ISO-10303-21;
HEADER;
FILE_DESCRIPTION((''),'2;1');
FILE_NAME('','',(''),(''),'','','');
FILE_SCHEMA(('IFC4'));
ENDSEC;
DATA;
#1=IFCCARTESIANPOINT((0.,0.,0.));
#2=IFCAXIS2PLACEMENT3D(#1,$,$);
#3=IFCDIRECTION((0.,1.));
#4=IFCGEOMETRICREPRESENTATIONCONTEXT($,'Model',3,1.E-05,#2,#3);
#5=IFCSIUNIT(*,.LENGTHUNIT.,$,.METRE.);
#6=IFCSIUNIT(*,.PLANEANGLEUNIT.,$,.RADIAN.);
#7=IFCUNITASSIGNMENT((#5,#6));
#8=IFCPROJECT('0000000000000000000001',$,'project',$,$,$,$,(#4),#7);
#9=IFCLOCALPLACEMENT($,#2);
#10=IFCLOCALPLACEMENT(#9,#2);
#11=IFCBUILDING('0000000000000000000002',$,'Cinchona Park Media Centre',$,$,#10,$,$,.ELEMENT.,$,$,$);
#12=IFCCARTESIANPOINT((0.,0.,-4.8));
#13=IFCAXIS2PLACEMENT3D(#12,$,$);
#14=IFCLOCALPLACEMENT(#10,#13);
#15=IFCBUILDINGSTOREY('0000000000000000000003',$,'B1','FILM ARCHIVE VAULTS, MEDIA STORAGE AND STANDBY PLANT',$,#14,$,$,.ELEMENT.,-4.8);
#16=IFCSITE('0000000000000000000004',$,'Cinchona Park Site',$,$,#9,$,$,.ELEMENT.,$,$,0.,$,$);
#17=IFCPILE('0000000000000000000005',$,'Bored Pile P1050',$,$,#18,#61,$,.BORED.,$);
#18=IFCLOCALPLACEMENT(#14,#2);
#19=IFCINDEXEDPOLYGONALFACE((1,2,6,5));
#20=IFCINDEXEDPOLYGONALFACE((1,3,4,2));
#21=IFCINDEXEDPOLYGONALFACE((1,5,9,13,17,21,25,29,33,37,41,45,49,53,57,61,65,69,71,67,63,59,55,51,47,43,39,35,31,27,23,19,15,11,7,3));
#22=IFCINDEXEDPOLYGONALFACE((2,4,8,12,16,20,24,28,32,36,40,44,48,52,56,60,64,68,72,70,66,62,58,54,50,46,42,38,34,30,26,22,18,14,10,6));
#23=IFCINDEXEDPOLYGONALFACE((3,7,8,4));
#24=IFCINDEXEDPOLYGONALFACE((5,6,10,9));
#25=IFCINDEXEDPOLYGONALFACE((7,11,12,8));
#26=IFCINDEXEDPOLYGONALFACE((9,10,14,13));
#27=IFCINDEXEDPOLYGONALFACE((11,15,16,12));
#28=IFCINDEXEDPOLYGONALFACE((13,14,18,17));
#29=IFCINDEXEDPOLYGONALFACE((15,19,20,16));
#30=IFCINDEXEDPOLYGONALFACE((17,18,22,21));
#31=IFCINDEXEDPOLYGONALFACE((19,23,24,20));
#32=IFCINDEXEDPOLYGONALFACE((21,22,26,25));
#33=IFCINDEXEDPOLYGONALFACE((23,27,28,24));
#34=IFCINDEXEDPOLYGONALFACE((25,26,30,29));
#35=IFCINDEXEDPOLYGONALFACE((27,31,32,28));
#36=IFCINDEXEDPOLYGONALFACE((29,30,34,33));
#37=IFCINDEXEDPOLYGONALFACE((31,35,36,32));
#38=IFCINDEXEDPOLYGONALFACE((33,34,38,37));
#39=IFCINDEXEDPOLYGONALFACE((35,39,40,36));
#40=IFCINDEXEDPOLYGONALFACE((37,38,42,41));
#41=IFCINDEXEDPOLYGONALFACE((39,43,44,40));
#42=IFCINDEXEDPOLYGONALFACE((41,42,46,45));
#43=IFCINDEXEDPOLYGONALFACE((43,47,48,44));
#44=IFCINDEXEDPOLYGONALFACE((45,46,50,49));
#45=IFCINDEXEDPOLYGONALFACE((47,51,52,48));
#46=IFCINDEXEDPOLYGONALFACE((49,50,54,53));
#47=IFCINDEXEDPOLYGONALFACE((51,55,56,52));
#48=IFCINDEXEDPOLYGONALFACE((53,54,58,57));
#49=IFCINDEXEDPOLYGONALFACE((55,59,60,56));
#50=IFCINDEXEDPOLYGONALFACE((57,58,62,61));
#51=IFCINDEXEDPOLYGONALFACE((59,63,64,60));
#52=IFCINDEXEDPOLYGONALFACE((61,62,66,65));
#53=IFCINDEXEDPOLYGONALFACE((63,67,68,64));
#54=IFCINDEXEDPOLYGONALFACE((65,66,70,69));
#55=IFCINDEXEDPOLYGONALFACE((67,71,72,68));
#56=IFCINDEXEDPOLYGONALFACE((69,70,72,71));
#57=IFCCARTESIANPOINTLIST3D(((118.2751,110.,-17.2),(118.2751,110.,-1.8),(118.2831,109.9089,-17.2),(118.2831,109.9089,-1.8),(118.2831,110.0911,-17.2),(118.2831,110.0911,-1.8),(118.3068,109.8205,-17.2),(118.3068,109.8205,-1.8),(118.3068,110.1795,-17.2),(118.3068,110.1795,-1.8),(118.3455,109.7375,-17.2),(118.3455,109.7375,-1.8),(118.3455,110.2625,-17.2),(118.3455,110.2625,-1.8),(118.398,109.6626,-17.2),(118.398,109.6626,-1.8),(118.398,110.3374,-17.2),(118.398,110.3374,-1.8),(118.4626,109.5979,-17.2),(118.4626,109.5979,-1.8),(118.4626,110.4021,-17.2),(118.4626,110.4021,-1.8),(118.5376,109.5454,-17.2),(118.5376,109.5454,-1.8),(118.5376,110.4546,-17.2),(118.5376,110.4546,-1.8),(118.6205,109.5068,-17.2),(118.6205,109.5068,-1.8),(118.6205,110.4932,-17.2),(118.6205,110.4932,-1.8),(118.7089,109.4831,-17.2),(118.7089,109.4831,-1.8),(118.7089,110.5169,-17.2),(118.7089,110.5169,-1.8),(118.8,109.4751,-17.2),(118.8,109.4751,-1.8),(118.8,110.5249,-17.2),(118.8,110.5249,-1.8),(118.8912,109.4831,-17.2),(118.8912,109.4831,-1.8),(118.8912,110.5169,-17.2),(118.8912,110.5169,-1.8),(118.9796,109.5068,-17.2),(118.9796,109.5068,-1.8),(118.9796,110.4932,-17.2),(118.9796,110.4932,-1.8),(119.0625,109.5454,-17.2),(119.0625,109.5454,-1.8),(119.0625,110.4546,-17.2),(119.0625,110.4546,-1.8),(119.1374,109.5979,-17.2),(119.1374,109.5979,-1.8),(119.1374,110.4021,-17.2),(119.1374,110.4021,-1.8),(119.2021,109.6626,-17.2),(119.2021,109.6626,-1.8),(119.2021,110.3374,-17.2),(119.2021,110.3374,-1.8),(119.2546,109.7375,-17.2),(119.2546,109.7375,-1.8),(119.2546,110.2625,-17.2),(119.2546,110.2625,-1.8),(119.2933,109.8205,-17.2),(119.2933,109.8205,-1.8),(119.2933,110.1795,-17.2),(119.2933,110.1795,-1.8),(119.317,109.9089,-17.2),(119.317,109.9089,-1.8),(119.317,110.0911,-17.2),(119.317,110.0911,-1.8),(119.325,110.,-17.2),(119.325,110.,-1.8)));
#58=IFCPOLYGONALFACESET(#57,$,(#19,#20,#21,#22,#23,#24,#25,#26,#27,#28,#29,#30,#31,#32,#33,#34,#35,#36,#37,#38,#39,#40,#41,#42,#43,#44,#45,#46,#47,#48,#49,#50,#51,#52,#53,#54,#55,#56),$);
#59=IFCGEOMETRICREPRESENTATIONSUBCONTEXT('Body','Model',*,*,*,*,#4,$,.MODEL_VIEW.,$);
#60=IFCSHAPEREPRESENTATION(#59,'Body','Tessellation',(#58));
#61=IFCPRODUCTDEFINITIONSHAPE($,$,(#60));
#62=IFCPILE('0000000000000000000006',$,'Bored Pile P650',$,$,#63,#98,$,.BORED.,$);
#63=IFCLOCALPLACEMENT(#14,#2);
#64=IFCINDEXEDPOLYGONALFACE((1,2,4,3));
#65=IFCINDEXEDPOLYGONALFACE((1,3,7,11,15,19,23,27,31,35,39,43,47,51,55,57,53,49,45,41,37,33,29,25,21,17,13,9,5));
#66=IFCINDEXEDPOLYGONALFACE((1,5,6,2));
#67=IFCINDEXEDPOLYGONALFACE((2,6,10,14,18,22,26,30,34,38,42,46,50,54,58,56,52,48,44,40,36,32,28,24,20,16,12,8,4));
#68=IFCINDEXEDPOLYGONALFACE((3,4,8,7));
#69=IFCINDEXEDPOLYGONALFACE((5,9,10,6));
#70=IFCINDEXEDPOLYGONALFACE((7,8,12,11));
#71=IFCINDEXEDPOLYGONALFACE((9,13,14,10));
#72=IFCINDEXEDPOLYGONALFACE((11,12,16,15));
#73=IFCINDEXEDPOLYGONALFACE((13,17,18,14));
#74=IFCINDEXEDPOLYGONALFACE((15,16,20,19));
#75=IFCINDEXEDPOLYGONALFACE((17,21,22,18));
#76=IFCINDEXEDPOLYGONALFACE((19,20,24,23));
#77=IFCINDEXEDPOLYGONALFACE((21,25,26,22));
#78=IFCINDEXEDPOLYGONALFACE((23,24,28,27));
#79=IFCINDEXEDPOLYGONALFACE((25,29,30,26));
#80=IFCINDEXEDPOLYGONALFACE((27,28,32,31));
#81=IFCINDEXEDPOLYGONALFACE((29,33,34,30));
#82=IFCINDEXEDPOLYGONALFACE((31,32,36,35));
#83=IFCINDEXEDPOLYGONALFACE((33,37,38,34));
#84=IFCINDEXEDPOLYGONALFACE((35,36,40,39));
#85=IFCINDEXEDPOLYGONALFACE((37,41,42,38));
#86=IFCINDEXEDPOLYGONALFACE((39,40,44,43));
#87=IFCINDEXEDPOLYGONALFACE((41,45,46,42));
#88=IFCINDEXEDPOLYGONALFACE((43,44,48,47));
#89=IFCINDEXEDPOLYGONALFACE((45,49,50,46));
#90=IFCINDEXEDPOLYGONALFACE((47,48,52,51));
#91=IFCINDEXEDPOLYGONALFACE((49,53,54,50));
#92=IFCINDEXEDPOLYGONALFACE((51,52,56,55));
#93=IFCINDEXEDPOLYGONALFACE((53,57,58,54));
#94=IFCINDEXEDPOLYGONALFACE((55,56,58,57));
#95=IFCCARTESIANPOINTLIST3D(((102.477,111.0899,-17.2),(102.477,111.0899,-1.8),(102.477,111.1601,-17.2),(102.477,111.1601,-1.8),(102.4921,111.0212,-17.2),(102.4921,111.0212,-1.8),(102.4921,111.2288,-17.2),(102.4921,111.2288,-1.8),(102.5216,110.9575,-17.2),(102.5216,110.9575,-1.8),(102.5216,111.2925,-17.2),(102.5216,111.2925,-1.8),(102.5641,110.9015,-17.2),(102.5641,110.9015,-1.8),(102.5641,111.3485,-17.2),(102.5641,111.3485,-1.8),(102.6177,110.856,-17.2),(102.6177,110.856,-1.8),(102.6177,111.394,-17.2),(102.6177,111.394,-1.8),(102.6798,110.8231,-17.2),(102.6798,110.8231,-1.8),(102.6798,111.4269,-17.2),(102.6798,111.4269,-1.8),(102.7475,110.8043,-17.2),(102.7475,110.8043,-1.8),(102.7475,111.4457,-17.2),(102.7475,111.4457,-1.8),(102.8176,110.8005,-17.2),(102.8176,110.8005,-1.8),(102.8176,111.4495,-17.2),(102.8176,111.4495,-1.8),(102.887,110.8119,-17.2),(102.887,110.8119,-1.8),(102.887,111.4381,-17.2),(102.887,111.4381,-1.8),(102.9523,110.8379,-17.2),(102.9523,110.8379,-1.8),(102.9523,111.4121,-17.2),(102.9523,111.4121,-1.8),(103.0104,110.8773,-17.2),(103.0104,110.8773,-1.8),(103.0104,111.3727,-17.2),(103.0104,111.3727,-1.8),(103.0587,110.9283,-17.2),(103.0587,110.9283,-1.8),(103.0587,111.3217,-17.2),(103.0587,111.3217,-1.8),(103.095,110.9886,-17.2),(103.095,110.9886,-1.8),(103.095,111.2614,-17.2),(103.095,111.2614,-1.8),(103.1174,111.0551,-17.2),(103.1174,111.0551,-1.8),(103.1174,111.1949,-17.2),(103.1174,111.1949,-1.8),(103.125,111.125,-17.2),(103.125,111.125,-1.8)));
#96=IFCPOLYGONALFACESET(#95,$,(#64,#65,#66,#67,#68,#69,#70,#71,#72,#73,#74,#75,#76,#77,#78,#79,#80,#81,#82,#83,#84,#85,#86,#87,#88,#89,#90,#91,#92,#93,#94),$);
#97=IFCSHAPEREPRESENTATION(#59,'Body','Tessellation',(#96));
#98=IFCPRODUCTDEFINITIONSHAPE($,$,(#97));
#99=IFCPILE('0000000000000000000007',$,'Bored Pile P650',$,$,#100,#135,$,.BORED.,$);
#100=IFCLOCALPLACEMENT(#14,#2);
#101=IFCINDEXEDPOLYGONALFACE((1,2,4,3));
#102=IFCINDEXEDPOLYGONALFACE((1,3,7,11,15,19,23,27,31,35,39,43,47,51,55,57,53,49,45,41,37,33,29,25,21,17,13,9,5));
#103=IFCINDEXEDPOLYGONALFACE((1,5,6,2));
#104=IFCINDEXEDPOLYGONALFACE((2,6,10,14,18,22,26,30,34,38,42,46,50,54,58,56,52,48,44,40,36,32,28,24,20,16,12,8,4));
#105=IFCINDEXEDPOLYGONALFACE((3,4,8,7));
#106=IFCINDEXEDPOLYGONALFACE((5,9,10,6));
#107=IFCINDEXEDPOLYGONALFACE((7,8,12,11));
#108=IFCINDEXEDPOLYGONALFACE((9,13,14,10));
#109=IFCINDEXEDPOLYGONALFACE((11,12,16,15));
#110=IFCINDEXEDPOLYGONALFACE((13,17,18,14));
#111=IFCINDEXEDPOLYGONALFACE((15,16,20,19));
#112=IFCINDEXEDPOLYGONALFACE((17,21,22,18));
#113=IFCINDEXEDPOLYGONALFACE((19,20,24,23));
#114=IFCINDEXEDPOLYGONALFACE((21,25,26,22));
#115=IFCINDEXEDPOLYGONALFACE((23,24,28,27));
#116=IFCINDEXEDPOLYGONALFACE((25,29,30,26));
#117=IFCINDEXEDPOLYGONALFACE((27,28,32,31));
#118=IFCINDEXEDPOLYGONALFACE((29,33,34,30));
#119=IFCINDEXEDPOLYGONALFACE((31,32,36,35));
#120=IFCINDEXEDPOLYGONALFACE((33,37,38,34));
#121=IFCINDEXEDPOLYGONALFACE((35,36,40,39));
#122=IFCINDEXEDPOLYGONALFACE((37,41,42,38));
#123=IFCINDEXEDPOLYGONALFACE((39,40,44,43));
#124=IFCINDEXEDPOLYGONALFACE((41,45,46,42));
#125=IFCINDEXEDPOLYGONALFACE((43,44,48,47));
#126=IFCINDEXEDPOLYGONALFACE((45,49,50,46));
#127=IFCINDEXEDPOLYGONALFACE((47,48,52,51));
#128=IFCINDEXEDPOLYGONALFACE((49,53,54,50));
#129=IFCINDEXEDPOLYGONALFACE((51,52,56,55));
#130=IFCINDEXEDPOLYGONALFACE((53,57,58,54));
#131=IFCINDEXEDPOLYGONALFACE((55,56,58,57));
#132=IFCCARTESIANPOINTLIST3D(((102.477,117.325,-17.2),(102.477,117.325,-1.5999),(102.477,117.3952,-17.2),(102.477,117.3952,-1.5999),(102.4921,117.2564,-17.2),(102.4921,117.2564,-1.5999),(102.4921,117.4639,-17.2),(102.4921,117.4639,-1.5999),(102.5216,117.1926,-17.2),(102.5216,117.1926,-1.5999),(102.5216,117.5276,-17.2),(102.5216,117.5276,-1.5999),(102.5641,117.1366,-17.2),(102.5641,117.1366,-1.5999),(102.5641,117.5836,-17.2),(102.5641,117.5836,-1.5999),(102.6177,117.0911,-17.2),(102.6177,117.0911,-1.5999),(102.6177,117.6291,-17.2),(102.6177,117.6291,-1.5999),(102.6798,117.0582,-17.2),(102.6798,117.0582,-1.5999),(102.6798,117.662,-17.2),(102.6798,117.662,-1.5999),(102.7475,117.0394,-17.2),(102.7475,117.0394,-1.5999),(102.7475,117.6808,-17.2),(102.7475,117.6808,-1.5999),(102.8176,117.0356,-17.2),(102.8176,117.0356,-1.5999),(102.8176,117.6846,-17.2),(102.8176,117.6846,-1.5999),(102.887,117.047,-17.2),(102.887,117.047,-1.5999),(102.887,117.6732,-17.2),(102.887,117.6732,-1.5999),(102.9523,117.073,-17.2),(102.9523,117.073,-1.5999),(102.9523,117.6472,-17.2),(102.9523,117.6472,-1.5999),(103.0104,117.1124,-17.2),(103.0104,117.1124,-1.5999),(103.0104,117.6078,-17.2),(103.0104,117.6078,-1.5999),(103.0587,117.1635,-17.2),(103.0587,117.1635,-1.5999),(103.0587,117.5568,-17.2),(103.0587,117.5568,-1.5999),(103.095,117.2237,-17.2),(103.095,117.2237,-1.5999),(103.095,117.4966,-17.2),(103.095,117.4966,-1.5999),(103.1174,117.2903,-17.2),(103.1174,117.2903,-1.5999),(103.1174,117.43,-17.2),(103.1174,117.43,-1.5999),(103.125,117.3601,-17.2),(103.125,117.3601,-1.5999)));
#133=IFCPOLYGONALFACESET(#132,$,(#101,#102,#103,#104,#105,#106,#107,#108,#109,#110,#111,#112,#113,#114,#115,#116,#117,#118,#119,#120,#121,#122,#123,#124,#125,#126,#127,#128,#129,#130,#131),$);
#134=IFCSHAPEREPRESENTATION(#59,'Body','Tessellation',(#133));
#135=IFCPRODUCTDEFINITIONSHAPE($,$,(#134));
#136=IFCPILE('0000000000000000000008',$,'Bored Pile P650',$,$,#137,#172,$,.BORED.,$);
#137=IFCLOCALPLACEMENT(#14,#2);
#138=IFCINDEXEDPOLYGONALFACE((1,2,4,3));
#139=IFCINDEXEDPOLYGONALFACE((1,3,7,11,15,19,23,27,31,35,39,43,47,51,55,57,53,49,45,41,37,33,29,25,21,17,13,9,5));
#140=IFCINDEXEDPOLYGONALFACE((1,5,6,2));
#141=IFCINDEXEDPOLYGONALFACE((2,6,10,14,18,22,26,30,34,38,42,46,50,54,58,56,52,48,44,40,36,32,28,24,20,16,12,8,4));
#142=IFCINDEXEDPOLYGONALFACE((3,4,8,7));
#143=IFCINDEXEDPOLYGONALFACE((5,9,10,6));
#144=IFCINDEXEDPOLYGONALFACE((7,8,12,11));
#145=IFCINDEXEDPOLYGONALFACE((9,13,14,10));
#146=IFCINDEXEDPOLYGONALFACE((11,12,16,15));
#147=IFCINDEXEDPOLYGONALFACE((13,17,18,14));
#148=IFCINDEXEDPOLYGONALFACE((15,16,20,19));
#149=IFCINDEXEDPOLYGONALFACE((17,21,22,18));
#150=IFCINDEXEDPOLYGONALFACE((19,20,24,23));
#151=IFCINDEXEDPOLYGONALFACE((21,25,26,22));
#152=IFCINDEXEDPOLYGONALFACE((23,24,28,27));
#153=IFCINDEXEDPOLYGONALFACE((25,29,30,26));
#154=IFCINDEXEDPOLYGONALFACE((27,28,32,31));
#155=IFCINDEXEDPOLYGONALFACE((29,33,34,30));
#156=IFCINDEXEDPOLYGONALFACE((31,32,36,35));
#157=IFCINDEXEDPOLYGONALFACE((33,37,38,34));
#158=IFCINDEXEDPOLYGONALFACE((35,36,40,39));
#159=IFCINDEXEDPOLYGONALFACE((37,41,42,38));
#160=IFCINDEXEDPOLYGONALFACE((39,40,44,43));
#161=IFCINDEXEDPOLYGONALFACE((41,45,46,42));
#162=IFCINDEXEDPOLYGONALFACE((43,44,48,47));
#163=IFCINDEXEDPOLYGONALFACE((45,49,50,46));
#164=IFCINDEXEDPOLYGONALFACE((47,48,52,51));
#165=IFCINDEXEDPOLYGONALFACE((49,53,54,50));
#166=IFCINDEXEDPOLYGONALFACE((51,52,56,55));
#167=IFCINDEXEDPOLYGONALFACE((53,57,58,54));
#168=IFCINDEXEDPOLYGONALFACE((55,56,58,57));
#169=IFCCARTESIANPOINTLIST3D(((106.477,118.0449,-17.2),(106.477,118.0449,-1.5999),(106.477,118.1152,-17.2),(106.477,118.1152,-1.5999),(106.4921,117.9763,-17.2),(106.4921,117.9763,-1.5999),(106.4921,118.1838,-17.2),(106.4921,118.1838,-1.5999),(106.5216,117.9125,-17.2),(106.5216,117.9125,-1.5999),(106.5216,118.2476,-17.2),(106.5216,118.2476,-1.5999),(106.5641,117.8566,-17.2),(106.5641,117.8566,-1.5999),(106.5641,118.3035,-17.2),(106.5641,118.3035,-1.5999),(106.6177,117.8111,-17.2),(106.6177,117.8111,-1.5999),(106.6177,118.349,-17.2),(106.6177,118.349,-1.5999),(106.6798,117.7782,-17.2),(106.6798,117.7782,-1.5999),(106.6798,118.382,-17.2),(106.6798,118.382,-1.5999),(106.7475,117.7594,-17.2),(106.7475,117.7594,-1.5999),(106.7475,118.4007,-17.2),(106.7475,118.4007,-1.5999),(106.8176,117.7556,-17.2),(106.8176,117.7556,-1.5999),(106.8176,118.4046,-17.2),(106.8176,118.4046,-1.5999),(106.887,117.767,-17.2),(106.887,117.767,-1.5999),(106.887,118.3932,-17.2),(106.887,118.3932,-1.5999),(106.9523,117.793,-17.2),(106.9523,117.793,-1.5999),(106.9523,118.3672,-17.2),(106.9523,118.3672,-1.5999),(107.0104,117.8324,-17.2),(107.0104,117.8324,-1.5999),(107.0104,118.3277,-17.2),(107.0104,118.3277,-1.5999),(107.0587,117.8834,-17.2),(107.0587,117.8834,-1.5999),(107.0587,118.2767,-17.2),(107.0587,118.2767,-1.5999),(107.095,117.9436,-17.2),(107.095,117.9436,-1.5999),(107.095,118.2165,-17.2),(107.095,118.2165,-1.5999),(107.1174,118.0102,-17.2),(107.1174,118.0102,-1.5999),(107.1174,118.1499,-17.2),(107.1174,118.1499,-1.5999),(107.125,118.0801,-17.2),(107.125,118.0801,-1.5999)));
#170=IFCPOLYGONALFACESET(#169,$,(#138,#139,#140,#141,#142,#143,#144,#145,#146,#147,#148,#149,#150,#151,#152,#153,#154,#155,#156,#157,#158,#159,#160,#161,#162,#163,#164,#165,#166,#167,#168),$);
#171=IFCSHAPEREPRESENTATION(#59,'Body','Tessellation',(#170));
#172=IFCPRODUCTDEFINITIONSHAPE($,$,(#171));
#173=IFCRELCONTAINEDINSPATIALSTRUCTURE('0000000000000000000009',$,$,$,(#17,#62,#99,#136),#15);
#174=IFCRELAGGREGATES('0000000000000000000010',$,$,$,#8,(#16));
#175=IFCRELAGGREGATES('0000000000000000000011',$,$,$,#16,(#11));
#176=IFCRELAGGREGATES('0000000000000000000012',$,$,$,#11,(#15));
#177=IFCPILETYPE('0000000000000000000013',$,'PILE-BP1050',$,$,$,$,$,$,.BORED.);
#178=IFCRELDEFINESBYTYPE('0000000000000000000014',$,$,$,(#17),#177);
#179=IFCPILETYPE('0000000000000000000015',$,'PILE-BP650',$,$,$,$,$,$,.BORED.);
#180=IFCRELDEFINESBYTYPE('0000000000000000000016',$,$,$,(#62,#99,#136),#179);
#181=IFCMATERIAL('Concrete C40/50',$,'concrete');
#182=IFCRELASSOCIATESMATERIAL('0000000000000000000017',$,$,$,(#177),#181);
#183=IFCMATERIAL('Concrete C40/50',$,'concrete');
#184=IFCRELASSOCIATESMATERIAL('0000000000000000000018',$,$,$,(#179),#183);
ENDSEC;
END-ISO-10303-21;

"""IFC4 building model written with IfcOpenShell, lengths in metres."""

from ifc_helpers import new_model, si_unit, direction, frame, origin, origin_2d, place, context, subcontext, project, spatial, circle, extrude, material, material_profile, profile_set, type_object, element, save


model = new_model("IFC4")

# Units and contexts
model_context = context("Model", 3, precision=1e-05, world=origin(), true_north=direction((0.0, 1.0)))
body_context = subcontext(model_context, "Body", "Model", "MODEL_VIEW")
ifc_project = project(units=[si_unit("LENGTHUNIT", "METRE"), si_unit("PLANEANGLEUNIT", "RADIAN")], contexts=[model_context])

# Site, building, storey
site_placement = place(None, origin())
site = spatial("IfcSite", under=ifc_project, at=site_placement, Name="Cinchona Park Site", CompositionType="ELEMENT", RefElevation=0.0)
building_placement = place(site_placement, origin())
building = spatial("IfcBuilding", under=site, at=building_placement, Name="Cinchona Park Media Centre", CompositionType="ELEMENT")
storey_placement = place(building_placement, frame((0.0, 0.0, -4.8)))
storey = spatial("IfcBuildingStorey", under=building, at=storey_placement, Name="B1", Description="FILM ARCHIVE VAULTS, MEDIA STORAGE AND STANDBY PLANT", CompositionType="ELEMENT", Elevation=-4.8)

# Piles
ifc_material_1 = material(Name="Concrete C40/50", Category="concrete")
ifc_material_profile_1 = material_profile(ifc_material_1, circle(Radius=0.5249, at=origin_2d()), Name="BORED PILE 1050")
ifc_profile_set_1 = profile_set([ifc_material_profile_1], Name="Concrete C40/50")
pile_type_1 = type_object("IfcPileType", Name="PILE-BP1050", PredefinedType="BORED", material=ifc_profile_set_1)
pile_1_placement = place(storey_placement, frame((118.8, 110.0, -1.8), z_axis=(0.0, 0.0, -1.0), x_axis=(1.0, 0.0, 0.0)))
element("IfcPile", 1, at=pile_1_placement, inside=storey, type_object=pile_type_1, Name="Bored Pile P1050", PredefinedType="BORED", context=body_context, shape_type="SweptSolid", body=[
    extrude(circle(Radius=0.5249, at=origin_2d()), origin(), (0.0, 0.0, 1.0), 15.3999),
])
ifc_material_2 = material(Name="Concrete C40/50", Category="concrete")
ifc_material_profile_2 = material_profile(ifc_material_2, circle(Radius=0.325, at=origin_2d()), Name="BORED PILE 650")
ifc_profile_set_2 = profile_set([ifc_material_profile_2], Name="Concrete C40/50")
pile_type_2 = type_object("IfcPileType", Name="PILE-BP650", PredefinedType="BORED", material=ifc_profile_set_2)
pile_2_placement = place(storey_placement, frame((102.8, 111.125, -1.8), z_axis=(0.0, 0.0, -1.0), x_axis=(1.0, 0.0, 0.0)))
element("IfcPile", 2, at=pile_2_placement, inside=storey, type_object=pile_type_2, Name="Bored Pile P650", PredefinedType="BORED", context=body_context, shape_type="SweptSolid", body=[
    extrude(circle(Radius=0.325, at=origin_2d()), origin(), (0.0, 0.0, 1.0), 15.3999),
])
for number, where, z_axis, x_axis, name in (
    (3, (102.8, 117.3601, -1.5999), (0.0, 0.0, -1.0), (1.0, 0.0, 0.0), "Bored Pile P650"),
    (4, (106.8, 118.0801, -1.5999), (0.0, 0.0, -1.0), (1.0, 0.0, 0.0), "Bored Pile P650"),
):
    element("IfcPile", number, at=place(storey_placement, frame(where, z_axis=z_axis, x_axis=x_axis)), inside=storey, type_object=pile_type_2, Name=name, PredefinedType="BORED", context=body_context, shape_type="SweptSolid", body=[
        extrude(circle(Radius=0.325, at=origin_2d()), origin(), (0.0, 0.0, 1.0), 15.6001),
    ])

save(model, "model.ifc")
